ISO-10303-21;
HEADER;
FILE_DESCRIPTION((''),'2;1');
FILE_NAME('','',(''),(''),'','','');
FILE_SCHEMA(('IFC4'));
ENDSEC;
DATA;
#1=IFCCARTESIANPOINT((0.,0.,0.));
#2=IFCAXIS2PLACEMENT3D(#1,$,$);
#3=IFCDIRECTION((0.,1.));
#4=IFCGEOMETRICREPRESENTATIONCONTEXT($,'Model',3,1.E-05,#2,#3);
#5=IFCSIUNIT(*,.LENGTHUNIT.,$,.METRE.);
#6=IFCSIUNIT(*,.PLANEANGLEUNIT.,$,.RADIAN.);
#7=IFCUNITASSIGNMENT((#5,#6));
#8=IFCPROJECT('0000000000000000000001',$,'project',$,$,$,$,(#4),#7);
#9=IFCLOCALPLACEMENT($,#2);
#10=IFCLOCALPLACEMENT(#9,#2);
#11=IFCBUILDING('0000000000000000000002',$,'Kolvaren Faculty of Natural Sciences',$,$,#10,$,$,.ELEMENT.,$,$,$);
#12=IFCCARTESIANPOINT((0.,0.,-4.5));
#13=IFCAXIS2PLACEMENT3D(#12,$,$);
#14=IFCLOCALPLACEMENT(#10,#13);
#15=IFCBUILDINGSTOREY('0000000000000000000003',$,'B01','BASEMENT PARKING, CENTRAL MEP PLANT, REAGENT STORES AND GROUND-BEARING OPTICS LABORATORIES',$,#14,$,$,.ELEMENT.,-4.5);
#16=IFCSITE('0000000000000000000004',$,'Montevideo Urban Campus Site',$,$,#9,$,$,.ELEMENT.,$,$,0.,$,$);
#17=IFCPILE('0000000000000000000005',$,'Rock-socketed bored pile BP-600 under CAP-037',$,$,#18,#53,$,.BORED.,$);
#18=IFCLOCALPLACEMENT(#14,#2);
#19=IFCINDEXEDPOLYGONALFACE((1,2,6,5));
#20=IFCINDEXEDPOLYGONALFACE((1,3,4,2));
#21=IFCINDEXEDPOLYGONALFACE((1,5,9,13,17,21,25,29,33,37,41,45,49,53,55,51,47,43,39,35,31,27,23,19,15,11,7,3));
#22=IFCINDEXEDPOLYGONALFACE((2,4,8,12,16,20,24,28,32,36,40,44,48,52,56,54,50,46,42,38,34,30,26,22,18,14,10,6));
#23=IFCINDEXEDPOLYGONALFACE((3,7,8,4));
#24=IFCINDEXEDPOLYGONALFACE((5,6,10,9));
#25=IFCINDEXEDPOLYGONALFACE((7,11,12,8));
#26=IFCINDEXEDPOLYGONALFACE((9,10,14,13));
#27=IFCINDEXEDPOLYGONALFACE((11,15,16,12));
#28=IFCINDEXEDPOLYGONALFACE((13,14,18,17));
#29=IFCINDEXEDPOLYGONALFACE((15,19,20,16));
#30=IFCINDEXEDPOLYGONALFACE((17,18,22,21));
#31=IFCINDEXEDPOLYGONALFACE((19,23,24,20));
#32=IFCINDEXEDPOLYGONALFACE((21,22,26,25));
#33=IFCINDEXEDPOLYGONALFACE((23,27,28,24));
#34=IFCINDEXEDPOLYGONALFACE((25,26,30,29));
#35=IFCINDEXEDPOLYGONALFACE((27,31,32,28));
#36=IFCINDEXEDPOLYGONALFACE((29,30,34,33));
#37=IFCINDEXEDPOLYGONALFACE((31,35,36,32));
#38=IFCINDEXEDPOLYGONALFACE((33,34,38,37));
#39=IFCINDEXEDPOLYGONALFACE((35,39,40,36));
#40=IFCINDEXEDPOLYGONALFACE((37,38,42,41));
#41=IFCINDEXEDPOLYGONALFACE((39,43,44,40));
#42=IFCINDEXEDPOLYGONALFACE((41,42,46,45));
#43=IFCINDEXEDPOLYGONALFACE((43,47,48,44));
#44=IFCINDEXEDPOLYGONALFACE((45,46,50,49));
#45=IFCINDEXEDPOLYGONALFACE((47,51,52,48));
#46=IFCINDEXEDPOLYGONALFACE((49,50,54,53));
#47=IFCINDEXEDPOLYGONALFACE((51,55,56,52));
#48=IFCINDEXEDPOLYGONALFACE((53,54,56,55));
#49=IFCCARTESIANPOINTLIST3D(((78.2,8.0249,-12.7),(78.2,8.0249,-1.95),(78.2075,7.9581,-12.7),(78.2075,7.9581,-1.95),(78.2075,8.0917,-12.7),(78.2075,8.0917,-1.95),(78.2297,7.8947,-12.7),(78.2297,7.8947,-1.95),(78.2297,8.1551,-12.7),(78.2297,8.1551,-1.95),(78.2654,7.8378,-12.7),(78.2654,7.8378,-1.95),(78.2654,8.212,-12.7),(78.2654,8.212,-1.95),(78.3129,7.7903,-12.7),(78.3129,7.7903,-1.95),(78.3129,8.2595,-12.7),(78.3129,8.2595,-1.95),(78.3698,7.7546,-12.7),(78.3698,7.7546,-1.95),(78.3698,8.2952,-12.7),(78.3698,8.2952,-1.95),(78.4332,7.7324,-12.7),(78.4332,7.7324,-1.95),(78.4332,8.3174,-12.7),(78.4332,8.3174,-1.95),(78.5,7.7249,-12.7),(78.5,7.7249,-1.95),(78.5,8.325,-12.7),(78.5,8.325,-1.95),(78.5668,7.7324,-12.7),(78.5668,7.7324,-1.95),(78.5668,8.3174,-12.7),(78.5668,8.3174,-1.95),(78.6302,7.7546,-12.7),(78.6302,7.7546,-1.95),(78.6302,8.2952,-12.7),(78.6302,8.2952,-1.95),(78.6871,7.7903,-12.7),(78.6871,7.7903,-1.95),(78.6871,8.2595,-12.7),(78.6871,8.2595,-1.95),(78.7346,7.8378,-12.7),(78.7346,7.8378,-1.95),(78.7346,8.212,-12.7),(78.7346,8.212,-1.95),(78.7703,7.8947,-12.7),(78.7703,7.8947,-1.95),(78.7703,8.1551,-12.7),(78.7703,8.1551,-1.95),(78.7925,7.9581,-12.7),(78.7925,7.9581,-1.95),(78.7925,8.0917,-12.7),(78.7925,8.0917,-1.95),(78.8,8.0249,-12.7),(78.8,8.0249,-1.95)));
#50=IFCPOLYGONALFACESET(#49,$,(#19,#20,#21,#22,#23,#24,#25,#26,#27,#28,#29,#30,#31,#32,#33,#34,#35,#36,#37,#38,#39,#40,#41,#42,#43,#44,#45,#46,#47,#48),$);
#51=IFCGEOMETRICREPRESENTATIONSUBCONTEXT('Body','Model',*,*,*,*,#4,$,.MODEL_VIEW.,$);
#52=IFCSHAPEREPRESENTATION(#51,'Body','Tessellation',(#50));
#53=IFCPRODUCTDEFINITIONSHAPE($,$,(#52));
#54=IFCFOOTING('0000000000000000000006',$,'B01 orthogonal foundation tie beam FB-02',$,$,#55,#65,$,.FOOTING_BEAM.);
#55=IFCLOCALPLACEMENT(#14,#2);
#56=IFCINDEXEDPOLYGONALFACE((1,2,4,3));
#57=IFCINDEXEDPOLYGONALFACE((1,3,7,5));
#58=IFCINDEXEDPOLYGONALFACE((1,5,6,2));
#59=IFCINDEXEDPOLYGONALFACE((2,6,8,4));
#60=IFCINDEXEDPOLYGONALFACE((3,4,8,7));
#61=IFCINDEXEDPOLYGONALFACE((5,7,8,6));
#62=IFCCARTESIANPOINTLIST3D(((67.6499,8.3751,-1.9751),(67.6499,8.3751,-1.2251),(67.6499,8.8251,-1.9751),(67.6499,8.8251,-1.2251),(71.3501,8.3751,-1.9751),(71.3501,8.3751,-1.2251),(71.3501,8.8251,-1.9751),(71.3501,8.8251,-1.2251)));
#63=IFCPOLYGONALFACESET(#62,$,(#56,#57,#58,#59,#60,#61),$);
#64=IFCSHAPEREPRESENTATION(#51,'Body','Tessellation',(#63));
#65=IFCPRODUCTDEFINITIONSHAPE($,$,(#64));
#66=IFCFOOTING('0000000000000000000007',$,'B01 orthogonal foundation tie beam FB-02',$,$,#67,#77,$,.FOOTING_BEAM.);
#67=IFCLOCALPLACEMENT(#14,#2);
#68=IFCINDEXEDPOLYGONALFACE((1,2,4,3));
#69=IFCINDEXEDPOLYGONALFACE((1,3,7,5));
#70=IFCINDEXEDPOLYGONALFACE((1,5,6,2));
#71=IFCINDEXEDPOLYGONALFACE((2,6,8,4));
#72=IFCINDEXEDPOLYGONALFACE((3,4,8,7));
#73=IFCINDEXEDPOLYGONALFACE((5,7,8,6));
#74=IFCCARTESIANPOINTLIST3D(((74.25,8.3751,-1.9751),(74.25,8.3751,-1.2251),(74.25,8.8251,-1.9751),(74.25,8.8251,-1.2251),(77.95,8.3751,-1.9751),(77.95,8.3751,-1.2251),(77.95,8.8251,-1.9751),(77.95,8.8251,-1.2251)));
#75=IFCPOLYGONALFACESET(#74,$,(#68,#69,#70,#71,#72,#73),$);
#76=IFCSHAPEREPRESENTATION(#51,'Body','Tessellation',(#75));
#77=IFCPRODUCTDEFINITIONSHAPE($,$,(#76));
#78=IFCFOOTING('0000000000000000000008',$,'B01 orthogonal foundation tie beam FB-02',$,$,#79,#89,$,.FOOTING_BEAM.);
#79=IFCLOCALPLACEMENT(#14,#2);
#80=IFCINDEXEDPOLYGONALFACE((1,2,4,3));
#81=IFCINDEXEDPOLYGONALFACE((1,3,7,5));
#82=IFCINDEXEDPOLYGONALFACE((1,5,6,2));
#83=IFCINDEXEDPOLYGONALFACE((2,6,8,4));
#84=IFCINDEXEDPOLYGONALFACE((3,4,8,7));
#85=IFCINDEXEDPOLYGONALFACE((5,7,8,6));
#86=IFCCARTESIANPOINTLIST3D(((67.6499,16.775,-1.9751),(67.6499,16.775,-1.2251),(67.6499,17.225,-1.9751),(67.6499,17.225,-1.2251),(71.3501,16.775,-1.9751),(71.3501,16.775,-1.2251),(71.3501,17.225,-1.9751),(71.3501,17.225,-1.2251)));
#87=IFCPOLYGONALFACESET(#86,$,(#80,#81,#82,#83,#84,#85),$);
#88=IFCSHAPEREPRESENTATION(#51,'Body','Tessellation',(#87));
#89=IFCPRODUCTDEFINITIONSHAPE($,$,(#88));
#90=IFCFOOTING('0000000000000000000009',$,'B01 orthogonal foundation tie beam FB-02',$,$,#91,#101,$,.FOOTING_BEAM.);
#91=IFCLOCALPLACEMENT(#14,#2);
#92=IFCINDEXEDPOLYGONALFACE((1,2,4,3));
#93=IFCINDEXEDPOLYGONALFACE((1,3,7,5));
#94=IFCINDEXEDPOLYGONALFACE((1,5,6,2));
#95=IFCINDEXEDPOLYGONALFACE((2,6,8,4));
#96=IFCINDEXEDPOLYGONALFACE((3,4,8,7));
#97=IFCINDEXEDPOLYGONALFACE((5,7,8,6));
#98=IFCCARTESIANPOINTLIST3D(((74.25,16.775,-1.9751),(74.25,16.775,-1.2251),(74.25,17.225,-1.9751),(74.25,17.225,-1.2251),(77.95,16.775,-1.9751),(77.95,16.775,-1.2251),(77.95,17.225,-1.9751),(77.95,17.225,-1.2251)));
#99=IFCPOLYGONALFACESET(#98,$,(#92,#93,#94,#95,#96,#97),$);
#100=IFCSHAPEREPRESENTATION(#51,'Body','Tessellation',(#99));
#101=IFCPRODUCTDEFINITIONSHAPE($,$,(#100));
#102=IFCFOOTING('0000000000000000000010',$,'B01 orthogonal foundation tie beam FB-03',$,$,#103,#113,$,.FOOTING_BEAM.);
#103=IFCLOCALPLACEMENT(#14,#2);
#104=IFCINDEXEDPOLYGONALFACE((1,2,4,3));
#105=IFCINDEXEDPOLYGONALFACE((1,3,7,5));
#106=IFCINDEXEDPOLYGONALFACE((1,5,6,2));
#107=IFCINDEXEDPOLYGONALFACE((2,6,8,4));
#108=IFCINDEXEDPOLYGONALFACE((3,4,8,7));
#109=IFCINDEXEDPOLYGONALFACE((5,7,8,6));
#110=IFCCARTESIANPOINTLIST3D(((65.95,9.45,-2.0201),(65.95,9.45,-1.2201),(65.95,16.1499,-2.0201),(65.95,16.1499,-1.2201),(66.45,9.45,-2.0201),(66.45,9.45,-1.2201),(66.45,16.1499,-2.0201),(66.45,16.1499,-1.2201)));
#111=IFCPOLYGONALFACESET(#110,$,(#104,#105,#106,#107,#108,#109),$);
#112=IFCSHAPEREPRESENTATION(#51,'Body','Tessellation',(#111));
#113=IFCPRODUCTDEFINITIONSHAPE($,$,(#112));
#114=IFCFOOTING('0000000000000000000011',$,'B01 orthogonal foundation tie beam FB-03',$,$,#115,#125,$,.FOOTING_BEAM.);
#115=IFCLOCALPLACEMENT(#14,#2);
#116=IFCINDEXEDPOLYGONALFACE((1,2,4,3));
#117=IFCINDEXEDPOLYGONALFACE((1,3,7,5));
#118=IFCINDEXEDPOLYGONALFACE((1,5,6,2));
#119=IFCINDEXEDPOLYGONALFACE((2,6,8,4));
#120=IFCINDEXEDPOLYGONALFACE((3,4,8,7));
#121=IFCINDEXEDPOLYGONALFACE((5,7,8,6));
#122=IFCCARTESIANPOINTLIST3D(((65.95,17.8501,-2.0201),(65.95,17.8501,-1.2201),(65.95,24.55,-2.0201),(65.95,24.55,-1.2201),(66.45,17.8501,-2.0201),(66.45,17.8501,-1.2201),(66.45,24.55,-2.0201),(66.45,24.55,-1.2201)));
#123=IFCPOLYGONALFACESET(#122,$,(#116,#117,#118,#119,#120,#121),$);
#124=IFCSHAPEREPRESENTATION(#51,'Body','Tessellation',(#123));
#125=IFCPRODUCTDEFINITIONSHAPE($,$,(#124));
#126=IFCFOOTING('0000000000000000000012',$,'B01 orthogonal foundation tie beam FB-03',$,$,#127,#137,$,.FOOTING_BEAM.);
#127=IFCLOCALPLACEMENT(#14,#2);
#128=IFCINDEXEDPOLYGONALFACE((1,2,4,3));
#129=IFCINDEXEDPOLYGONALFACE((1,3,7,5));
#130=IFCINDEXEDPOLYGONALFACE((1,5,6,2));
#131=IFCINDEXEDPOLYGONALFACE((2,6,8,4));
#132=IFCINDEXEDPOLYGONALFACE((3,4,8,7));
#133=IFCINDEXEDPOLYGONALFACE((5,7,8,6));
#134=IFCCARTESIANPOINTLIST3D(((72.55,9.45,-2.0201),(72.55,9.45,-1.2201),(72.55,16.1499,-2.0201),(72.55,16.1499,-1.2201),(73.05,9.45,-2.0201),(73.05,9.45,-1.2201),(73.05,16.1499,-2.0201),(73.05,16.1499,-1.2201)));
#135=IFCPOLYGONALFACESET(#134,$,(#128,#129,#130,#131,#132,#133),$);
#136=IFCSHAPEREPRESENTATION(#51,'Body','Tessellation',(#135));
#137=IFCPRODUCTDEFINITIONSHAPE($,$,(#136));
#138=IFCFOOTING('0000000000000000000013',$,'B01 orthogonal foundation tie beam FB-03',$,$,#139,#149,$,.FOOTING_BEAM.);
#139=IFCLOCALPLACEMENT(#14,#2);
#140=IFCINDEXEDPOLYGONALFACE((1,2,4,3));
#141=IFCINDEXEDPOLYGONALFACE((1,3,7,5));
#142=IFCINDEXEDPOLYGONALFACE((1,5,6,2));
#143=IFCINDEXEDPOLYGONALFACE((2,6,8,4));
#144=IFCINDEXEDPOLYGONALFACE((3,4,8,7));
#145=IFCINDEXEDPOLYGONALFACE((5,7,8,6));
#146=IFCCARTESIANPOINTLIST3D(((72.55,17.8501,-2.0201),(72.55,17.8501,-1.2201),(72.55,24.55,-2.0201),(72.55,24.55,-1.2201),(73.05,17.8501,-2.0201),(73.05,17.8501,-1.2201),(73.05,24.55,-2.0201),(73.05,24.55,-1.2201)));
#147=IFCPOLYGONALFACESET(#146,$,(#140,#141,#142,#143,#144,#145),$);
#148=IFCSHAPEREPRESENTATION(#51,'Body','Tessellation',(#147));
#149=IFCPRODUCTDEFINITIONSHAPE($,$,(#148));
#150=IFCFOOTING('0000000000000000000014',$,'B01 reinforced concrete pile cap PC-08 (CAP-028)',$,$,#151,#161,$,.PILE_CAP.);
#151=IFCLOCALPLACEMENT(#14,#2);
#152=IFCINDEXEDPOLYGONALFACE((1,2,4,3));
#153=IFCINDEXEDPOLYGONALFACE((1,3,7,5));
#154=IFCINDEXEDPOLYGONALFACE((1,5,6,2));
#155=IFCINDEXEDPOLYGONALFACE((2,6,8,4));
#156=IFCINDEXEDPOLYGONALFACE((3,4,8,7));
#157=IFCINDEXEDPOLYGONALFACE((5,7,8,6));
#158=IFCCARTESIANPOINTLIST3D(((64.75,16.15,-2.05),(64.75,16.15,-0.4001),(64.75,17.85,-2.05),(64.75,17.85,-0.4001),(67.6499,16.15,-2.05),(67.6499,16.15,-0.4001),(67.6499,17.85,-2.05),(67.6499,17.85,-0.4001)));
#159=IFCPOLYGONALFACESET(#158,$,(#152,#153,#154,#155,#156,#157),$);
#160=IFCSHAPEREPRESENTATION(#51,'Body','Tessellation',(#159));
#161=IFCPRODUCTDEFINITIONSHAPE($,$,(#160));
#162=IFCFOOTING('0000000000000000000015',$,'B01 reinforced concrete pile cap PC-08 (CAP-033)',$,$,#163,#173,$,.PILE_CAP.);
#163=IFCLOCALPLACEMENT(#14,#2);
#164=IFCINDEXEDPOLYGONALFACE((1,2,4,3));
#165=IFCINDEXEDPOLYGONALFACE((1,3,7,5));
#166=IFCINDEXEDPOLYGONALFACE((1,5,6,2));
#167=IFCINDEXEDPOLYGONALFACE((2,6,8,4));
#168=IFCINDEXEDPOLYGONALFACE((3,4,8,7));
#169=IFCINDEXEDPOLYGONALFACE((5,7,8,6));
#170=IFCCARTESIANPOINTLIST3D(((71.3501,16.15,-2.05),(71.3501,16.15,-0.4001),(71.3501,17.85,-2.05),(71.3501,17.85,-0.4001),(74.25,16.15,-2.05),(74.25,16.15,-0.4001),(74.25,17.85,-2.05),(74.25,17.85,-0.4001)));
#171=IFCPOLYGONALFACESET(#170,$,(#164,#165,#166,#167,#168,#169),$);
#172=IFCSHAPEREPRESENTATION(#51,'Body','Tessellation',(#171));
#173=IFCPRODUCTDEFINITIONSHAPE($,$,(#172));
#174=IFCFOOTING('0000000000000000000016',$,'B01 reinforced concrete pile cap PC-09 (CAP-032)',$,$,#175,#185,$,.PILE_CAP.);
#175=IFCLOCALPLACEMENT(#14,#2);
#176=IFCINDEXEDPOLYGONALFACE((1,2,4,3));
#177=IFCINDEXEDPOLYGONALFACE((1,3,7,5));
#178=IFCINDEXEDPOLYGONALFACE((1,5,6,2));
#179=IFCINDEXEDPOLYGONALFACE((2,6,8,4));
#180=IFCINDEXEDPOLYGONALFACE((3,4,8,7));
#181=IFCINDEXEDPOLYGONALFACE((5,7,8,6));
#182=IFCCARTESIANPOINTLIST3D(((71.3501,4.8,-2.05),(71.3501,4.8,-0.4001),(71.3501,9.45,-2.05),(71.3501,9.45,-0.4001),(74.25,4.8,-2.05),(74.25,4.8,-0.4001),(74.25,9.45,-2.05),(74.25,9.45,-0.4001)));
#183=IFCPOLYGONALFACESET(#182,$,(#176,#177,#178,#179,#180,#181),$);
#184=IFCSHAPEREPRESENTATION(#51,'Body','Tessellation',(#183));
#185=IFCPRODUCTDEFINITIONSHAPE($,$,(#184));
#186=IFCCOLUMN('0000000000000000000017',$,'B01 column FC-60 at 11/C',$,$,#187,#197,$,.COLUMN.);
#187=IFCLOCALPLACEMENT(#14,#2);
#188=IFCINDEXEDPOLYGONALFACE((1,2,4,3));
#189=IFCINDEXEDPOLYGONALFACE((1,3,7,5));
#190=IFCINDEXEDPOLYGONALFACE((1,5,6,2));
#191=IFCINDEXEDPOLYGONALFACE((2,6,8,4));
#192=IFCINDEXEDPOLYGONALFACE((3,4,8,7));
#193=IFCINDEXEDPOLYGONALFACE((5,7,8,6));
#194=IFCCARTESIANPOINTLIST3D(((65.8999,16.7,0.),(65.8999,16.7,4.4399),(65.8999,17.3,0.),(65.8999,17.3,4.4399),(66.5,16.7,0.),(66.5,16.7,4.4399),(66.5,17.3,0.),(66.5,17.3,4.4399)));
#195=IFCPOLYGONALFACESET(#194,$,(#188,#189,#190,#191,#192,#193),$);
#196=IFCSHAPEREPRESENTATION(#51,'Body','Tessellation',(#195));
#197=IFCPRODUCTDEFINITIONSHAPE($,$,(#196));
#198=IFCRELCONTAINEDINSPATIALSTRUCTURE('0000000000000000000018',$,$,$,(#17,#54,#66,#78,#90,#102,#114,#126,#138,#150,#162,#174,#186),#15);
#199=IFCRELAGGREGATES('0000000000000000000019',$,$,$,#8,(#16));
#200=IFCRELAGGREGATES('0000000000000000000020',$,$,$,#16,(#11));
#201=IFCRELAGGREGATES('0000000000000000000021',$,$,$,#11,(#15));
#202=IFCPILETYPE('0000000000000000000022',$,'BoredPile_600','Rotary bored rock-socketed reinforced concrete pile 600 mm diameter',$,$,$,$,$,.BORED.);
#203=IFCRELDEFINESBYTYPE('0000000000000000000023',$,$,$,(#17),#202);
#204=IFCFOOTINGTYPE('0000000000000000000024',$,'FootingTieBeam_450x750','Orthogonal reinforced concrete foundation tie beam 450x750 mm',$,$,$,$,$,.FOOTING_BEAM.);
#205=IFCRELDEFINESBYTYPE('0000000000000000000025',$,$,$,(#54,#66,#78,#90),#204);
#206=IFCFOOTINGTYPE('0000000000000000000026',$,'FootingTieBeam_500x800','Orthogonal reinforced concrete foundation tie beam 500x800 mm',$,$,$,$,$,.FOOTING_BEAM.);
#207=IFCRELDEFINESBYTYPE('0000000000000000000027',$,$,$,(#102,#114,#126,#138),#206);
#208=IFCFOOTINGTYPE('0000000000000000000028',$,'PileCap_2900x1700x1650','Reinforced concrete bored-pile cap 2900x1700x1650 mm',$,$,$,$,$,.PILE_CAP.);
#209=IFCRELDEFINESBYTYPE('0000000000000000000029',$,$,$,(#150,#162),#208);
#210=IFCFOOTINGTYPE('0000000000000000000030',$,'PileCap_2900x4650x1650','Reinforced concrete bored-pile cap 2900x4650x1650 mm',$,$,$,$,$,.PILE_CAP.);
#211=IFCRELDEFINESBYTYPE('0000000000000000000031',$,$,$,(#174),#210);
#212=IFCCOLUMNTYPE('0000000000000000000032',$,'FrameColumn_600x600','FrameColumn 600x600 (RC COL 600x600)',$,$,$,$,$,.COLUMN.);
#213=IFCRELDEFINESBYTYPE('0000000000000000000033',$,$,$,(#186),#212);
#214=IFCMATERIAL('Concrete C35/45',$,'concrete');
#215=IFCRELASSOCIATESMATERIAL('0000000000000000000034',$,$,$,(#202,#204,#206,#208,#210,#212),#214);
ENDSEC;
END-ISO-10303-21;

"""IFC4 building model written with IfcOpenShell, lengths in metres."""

from ifc_helpers import new_model, si_unit, direction, frame, origin, origin_2d, place, context, subcontext, project, spatial, rectangle, circle, extrude, material, material_profile, profile_set, type_object, element, save


model = new_model("IFC4")

# Units and contexts
model_context = context("Model", 3, precision=1e-05, world=origin(), true_north=direction((0.0, 1.0)))
body_context = subcontext(model_context, "Body", "Model", "MODEL_VIEW")
ifc_project = project(units=[si_unit("LENGTHUNIT", "METRE"), si_unit("PLANEANGLEUNIT", "RADIAN")], contexts=[model_context])

# Site, building, storey
site_placement = place(None, origin())
site = spatial("IfcSite", under=ifc_project, at=site_placement, Name="Montevideo Urban Campus Site", CompositionType="ELEMENT", RefElevation=0.0)
building_placement = place(site_placement, origin())
building = spatial("IfcBuilding", under=site, at=building_placement, Name="Kolvaren Faculty of Natural Sciences", CompositionType="ELEMENT")
storey_placement = place(building_placement, frame((0.0, 0.0, -4.5)))
storey = spatial("IfcBuildingStorey", under=building, at=storey_placement, Name="B01", Description="BASEMENT PARKING, CENTRAL MEP PLANT, REAGENT STORES AND GROUND-BEARING OPTICS LABORATORIES", CompositionType="ELEMENT", Elevation=-4.5)

# Pile
ifc_material_1 = material(Name="Concrete C35/45", Category="concrete")
ifc_material_profile_1 = material_profile(ifc_material_1, circle(Radius=0.3, at=origin_2d()), Name="PILE D600")
ifc_profile_set_1 = profile_set([ifc_material_profile_1], Name="Concrete C35/45")
pile_type = type_object("IfcPileType", Name="BoredPile_600", Description="Rotary bored rock-socketed reinforced concrete pile 600 mm diameter", PredefinedType="BORED", material=ifc_profile_set_1)
for number, where, z_axis, x_axis, name in (
    (1, (78.5, 8.0249, -1.95), (0.0, 0.0, -1.0), (1.0, 0.0, 0.0), "Rock-socketed bored pile BP-600 under CAP-037"),
):
    element("IfcPile", number, at=place(storey_placement, frame(where, z_axis=z_axis, x_axis=x_axis)), inside=storey, type_object=pile_type, Name=name, PredefinedType="BORED", context=body_context, shape_type="SweptSolid", body=[
        extrude(circle(Radius=0.3, at=origin_2d()), origin(), (0.0, 0.0, 1.0), 10.75),
    ])

# Footings
ifc_material_profile_2 = material_profile(ifc_material_1, rectangle(XDim=0.45, YDim=0.75, at=origin_2d()), Name="RC FB 450x750")
ifc_profile_set_2 = profile_set([ifc_material_profile_2], Name="Concrete C35/45")
footing_type_1 = type_object("IfcFootingType", Name="FootingTieBeam_450x750", Description="Orthogonal reinforced concrete foundation tie beam 450x750 mm", PredefinedType="FOOTING_BEAM", material=ifc_profile_set_2)
footing_1_placement = place(storey_placement, frame((67.6499, 8.6001, -1.6001), z_axis=(1.0, 0.0, 0.0), x_axis=(0.0, 1.0, 0.0)))
element("IfcFooting", 2, at=footing_1_placement, inside=storey, type_object=footing_type_1, Name="B01 orthogonal foundation tie beam FB-02", PredefinedType="FOOTING_BEAM", context=body_context, shape_type="SweptSolid", body=[
    extrude(rectangle(XDim=0.45, YDim=0.75, at=origin_2d()), origin(), (0.0, 0.0, 1.0), 3.7002),
])
footing_2_placement = place(storey_placement, frame((74.25, 8.6001, -1.6001), z_axis=(1.0, 0.0, 0.0), x_axis=(0.0, 1.0, 0.0)))
element("IfcFooting", 3, at=footing_2_placement, inside=storey, type_object=footing_type_1, Name="B01 orthogonal foundation tie beam FB-02", PredefinedType="FOOTING_BEAM", context=body_context, shape_type="SweptSolid", body=[
    extrude(rectangle(XDim=0.45, YDim=0.75, at=origin_2d()), origin(), (0.0, 0.0, 1.0), 3.7),
])
footing_3_placement = place(storey_placement, frame((67.6499, 17.0, -1.6001), z_axis=(1.0, 0.0, 0.0), x_axis=(0.0, 1.0, 0.0)))
element("IfcFooting", 4, at=footing_3_placement, inside=storey, type_object=footing_type_1, Name="B01 orthogonal foundation tie beam FB-02", PredefinedType="FOOTING_BEAM", context=body_context, shape_type="SweptSolid", body=[
    extrude(rectangle(XDim=0.45, YDim=0.75, at=origin_2d()), origin(), (0.0, 0.0, 1.0), 3.7002),
])
footing_4_placement = place(storey_placement, frame((74.25, 17.0, -1.6001), z_axis=(1.0, 0.0, 0.0), x_axis=(0.0, 1.0, 0.0)))
element("IfcFooting", 5, at=footing_4_placement, inside=storey, type_object=footing_type_1, Name="B01 orthogonal foundation tie beam FB-02", PredefinedType="FOOTING_BEAM", context=body_context, shape_type="SweptSolid", body=[
    extrude(rectangle(XDim=0.45, YDim=0.75, at=origin_2d()), origin(), (0.0, 0.0, 1.0), 3.7),
])
ifc_material_profile_3 = material_profile(ifc_material_1, rectangle(XDim=0.5, YDim=0.8, at=origin_2d()), Name="RC FB 500x800")
ifc_profile_set_3 = profile_set([ifc_material_profile_3], Name="Concrete C35/45")
footing_type_2 = type_object("IfcFootingType", Name="FootingTieBeam_500x800", Description="Orthogonal reinforced concrete foundation tie beam 500x800 mm", PredefinedType="FOOTING_BEAM", material=ifc_profile_set_3)
for number, where, z_axis, x_axis, name in (
    (6, (66.2, 9.45, -1.6201), (0.0, 1.0, 0.0), (-1.0, 0.0, 0.0), "B01 orthogonal foundation tie beam FB-03"),
    (7, (66.2, 17.8501, -1.6201), (0.0, 1.0, 0.0), (-1.0, 0.0, 0.0), "B01 orthogonal foundation tie beam FB-03"),
    (8, (72.8, 9.45, -1.6201), (0.0, 1.0, 0.0), (-1.0, 0.0, 0.0), "B01 orthogonal foundation tie beam FB-03"),
    (9, (72.8, 17.8501, -1.6201), (0.0, 1.0, 0.0), (-1.0, 0.0, 0.0), "B01 orthogonal foundation tie beam FB-03"),
):
    element("IfcFooting", number, at=place(storey_placement, frame(where, z_axis=z_axis, x_axis=x_axis)), inside=storey, type_object=footing_type_2, Name=name, PredefinedType="FOOTING_BEAM", context=body_context, shape_type="SweptSolid", body=[
        extrude(rectangle(XDim=0.5, YDim=0.8, at=origin_2d()), origin(), (0.0, 0.0, 1.0), 6.7),
    ])
footing_type_3 = type_object("IfcFootingType", Name="PileCap_2900x1700x1650", Description="Reinforced concrete bored-pile cap 2900x1700x1650 mm", PredefinedType="PILE_CAP", material=ifc_material_1)
for number, where, z_axis, x_axis, name in (
    (10, (66.2, 17.0, -2.05), (0.0, 0.0, 1.0), (1.0, 0.0, 0.0), "B01 reinforced concrete pile cap PC-08 (CAP-028)"),
    (11, (72.8, 17.0, -2.05), (0.0, 0.0, 1.0), (1.0, 0.0, 0.0), "B01 reinforced concrete pile cap PC-08 (CAP-033)"),
):
    element("IfcFooting", number, at=place(storey_placement, frame(where, z_axis=z_axis, x_axis=x_axis)), inside=storey, type_object=footing_type_3, Name=name, PredefinedType="PILE_CAP", context=body_context, shape_type="SweptSolid", body=[
        extrude(rectangle(XDim=2.8999, YDim=1.7, at=origin_2d()), origin(), (0.0, 0.0, 1.0), 1.6499),
    ])
footing_type_4 = type_object("IfcFootingType", Name="PileCap_2900x4650x1650", Description="Reinforced concrete bored-pile cap 2900x4650x1650 mm", PredefinedType="PILE_CAP", material=ifc_material_1)
footing_5_placement = place(storey_placement, frame((72.8, 7.125, -2.05), z_axis=(0.0, 0.0, 1.0), x_axis=(1.0, 0.0, 0.0)))
element("IfcFooting", 12, at=footing_5_placement, inside=storey, type_object=footing_type_4, Name="B01 reinforced concrete pile cap PC-09 (CAP-032)", PredefinedType="PILE_CAP", context=body_context, shape_type="SweptSolid", body=[
    extrude(rectangle(XDim=2.8999, YDim=4.6499, at=origin_2d()), origin(), (0.0, 0.0, 1.0), 1.6499),
])

# Column
ifc_material_profile_4 = material_profile(ifc_material_1, rectangle(XDim=0.6001, YDim=0.6001, at=origin_2d()), Name="RC COL 600x600")
ifc_profile_set_4 = profile_set([ifc_material_profile_4], Name="Concrete C35/45")
column_type_1 = type_object("IfcColumnType", Name="FrameColumn_600x600", Description="FrameColumn 600x600 (RC COL 600x600)", PredefinedType="COLUMN", material=ifc_profile_set_4)
for number, where, z_axis, x_axis, name in (
    (13, (66.2, 17.0, 0.0), (0.0, 0.0, 1.0), (1.0, 0.0, 0.0), "B01 column FC-60 at 11/C"),
):
    element("IfcColumn", number, at=place(storey_placement, frame(where, z_axis=z_axis, x_axis=x_axis)), inside=storey, type_object=column_type_1, Name=name, PredefinedType="COLUMN", context=body_context, shape_type="SweptSolid", body=[
        extrude(rectangle(XDim=0.6001, YDim=0.6001, at=origin_2d()), origin(), (0.0, 0.0, 1.0), 4.4399),
    ])

save(model, "model.ifc")
